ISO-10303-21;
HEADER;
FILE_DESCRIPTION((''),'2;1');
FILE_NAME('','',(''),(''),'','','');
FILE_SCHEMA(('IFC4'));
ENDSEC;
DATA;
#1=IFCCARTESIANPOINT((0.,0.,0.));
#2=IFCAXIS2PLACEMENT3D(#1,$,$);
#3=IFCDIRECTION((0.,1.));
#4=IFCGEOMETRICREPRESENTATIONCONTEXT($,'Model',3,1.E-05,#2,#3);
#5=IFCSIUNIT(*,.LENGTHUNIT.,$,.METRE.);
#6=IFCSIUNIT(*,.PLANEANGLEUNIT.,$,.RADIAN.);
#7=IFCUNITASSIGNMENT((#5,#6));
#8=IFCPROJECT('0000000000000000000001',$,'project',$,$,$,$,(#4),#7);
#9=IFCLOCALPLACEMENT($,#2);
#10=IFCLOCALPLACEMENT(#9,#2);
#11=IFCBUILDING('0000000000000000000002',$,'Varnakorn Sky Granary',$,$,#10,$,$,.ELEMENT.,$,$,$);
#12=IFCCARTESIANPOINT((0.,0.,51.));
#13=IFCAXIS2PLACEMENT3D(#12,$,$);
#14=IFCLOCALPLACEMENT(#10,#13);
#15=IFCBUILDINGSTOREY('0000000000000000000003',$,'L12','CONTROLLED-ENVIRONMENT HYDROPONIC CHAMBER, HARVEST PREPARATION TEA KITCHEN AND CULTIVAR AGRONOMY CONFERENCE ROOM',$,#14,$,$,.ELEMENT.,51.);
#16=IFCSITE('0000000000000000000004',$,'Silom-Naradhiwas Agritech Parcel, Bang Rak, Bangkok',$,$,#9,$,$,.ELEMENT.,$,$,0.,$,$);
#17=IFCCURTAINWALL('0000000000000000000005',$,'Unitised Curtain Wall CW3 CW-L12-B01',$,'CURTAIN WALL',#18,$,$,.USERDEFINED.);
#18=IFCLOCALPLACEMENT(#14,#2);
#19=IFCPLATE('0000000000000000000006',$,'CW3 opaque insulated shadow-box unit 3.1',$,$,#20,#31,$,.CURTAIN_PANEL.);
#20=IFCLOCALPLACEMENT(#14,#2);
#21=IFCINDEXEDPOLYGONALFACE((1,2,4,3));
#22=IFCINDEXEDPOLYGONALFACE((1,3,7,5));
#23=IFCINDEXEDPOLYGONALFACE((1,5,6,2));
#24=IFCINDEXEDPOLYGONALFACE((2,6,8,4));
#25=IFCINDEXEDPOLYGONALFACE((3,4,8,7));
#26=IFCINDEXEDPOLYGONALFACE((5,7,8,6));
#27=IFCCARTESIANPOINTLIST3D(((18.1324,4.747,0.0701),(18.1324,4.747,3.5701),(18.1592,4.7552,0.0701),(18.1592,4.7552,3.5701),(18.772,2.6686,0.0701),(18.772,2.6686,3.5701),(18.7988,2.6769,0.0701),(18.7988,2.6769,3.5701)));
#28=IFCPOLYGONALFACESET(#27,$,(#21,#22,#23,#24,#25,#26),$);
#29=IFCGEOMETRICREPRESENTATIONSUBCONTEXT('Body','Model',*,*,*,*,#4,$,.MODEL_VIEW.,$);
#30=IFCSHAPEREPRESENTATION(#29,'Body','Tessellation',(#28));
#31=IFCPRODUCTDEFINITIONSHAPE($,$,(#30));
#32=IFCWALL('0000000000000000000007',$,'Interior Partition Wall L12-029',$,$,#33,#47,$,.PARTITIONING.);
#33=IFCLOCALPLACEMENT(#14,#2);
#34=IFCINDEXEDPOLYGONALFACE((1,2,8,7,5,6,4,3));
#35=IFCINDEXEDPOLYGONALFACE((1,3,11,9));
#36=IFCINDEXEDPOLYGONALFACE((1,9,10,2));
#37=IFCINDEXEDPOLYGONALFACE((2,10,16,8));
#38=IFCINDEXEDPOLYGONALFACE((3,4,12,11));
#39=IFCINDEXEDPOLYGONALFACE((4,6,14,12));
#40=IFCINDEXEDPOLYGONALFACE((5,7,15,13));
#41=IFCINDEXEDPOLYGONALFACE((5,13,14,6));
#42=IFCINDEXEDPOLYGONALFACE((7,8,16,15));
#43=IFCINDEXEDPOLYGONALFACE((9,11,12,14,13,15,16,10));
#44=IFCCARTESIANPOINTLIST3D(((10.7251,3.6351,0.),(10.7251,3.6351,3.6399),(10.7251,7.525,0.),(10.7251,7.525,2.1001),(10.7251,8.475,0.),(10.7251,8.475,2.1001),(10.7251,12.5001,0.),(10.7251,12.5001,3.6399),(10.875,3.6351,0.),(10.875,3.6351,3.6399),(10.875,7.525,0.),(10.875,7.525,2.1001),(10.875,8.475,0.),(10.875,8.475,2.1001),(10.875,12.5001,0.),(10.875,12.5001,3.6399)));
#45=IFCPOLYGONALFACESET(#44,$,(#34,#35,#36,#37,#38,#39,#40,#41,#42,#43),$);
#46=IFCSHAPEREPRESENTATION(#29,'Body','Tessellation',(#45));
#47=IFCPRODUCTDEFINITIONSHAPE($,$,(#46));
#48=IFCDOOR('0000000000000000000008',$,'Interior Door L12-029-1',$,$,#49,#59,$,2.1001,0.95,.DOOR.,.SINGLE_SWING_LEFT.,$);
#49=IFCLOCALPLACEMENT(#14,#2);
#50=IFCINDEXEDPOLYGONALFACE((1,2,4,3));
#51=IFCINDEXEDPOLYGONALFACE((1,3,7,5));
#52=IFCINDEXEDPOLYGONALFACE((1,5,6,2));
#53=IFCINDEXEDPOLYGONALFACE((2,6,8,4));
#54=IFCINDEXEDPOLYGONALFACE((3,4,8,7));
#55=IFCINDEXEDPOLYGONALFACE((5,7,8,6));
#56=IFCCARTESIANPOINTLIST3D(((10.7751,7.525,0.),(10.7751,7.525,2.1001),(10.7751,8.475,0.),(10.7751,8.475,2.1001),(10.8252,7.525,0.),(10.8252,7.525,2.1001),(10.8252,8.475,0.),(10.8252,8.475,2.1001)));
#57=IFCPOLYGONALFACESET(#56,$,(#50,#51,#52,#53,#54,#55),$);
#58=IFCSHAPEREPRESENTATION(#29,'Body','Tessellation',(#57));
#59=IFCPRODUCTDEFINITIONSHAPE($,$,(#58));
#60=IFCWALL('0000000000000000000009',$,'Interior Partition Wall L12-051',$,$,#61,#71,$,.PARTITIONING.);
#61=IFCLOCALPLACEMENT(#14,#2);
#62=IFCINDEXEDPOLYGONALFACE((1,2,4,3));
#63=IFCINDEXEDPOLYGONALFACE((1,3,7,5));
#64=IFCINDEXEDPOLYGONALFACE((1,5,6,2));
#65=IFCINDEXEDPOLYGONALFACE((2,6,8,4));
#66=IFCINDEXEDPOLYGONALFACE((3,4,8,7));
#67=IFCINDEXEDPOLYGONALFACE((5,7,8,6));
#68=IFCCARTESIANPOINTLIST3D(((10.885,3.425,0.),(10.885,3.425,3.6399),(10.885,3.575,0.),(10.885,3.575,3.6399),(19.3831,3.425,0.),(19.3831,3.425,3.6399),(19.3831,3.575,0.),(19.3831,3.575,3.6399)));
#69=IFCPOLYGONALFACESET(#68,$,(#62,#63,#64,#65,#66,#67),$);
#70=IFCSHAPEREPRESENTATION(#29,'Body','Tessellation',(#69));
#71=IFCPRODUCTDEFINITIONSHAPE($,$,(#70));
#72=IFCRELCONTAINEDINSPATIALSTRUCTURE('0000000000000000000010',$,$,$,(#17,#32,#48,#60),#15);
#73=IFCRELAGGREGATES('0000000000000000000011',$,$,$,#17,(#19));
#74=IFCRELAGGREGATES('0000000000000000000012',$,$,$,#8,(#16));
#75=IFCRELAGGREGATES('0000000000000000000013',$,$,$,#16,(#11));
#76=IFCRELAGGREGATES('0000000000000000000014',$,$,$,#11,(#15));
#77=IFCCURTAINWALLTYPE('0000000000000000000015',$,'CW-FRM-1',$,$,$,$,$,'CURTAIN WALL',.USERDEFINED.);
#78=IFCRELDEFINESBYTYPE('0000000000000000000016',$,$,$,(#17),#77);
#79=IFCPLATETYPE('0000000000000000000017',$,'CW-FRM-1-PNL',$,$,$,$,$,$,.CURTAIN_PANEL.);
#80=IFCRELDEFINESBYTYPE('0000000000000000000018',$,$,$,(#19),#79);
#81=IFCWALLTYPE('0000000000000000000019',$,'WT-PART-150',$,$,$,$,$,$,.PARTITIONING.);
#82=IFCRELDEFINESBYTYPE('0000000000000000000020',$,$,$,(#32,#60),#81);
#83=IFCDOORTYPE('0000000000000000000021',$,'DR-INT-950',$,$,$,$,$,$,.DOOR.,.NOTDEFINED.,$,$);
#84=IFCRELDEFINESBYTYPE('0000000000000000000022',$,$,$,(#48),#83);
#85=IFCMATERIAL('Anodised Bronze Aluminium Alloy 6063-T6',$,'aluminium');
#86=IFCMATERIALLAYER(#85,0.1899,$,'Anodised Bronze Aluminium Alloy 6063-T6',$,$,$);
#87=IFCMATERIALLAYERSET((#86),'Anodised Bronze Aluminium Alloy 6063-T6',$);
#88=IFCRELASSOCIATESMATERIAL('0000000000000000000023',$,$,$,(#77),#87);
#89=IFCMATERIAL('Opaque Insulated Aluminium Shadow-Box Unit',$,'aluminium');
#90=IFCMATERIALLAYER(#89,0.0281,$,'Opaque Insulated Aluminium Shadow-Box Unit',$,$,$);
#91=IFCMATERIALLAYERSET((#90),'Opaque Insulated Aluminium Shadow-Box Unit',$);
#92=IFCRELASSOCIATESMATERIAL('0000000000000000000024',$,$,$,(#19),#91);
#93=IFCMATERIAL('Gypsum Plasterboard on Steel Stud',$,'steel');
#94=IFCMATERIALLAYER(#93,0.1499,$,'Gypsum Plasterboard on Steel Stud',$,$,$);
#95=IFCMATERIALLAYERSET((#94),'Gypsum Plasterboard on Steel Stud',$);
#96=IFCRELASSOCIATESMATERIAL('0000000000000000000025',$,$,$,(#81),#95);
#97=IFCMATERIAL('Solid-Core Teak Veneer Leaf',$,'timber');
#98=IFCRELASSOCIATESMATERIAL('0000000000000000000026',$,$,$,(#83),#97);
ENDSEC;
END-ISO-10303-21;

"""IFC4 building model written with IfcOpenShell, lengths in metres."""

from ifc_helpers import new_model, si_unit, direction, frame, frame_2d, origin, origin_2d, place, context, subcontext, project, spatial, rectangle, extrude, source, transform, mapped, material, layer, layer_set, type_object, element, fill, aggregate, save


model = new_model("IFC4")

# Units and contexts
model_context = context("Model", 3, precision=1e-05, world=origin(), true_north=direction((0.0, 1.0)))
body_context = subcontext(model_context, "Body", "Model", "MODEL_VIEW")
ifc_project = project(units=[si_unit("LENGTHUNIT", "METRE"), si_unit("PLANEANGLEUNIT", "RADIAN")], contexts=[model_context])

# Site, building, storey
site_placement = place(None, origin())
site = spatial("IfcSite", under=ifc_project, at=site_placement, Name="Silom-Naradhiwas Agritech Parcel, Bang Rak, Bangkok", CompositionType="ELEMENT", RefElevation=0.0)
building_placement = place(site_placement, origin())
building = spatial("IfcBuilding", under=site, at=building_placement, Name="Varnakorn Sky Granary", CompositionType="ELEMENT")
storey_placement = place(building_placement, frame((0.0, 0.0, 51.0)))
storey = spatial("IfcBuildingStorey", under=building, at=storey_placement, Name="L12", Description="CONTROLLED-ENVIRONMENT HYDROPONIC CHAMBER, HARVEST PREPARATION TEA KITCHEN AND CULTIVAR AGRONOMY CONFERENCE ROOM", CompositionType="ELEMENT", Elevation=51.0)

# Curtain wall
ifc_material_1 = material(Name="Anodised Bronze Aluminium Alloy 6063-T6", Category="aluminium")
ifc_layer_1 = layer(ifc_material_1, 0.1899, Name="Anodised Bronze Aluminium Alloy 6063-T6")
ifc_layer_set_1 = layer_set([ifc_layer_1], Name="Anodised Bronze Aluminium Alloy 6063-T6")
curtain_wall_type = type_object("IfcCurtainWallType", Name="CW-FRM-1", ElementType="CURTAIN WALL", PredefinedType="USERDEFINED", material=ifc_layer_set_1)
curtain_wall_1_placement = place(storey_placement, origin())
curtain_wall_1 = element("IfcCurtainWall", 1, at=curtain_wall_1_placement, inside=storey, type_object=curtain_wall_type, Name="Unitised Curtain Wall CW3 CW-L12-B01", ObjectType="CURTAIN WALL", PredefinedType="USERDEFINED")

# Plate
plate_type = type_object("IfcPlateType", Name="CW-FRM-1-PNL", PredefinedType="CURTAIN_PANEL")
ifc_material_2 = material(Name="Opaque Insulated Aluminium Shadow-Box Unit", Category="aluminium")
ifc_layer_2 = layer(ifc_material_2, 0.0281, Name="Opaque Insulated Aluminium Shadow-Box Unit")
ifc_layer_set_2 = layer_set([ifc_layer_2], Name="Opaque Insulated Aluminium Shadow-Box Unit")
shared_shape_1 = source(origin(), body_context, "Body", "SweptSolid", [
    extrude(rectangle(XDim=2.1746, YDim=0.0281, at=origin_2d()), origin(), (0.0, 0.0, 1.0), 3.5),
])
plate_1_placement = place(storey_placement, frame((18.4656, 3.7119, 0.0701), z_axis=(0.0, 0.0, 1.0), x_axis=(0.294122, -0.955768, 0.0)))
plate_1 = element("IfcPlate", 2, at=plate_1_placement, type_object=plate_type, material=ifc_layer_set_2, Name="CW3 opaque insulated shadow-box unit 3.1", PredefinedType="CURTAIN_PANEL", context=body_context, shape_type="MappedRepresentation", body=[
    mapped(shared_shape_1, transform((0.0, 0.0, 0.0), x_axis=(1.0, 0.0, 0.0), y_axis=(0.0, 1.0, 0.0), z_axis=(0.0, 0.0, 1.0), scale=1.0)),
])
aggregate(curtain_wall_1, [plate_1])

# Wall, opening, door
ifc_material_3 = material(Name="Gypsum Plasterboard on Steel Stud", Category="steel")
ifc_layer_3 = layer(ifc_material_3, 0.1499, Name="Gypsum Plasterboard on Steel Stud")
ifc_layer_set_3 = layer_set([ifc_layer_3], Name="Gypsum Plasterboard on Steel Stud")
wall_type = type_object("IfcWallType", Name="WT-PART-150", PredefinedType="PARTITIONING", material=ifc_layer_set_3)
wall_1_placement = place(storey_placement, frame((10.8, 3.635, 0.0), z_axis=(0.0, 0.0, 1.0), x_axis=(0.0, 1.0, 0.0)))
wall_1 = element("IfcWall", 3, at=wall_1_placement, inside=storey, type_object=wall_type, Name="Interior Partition Wall L12-029", PredefinedType="PARTITIONING", context=body_context, shape_type="SweptSolid", body=[
    extrude(rectangle(XDim=8.865, YDim=0.1499, at=frame_2d((4.4326, 0.0))), origin(), (0.0, 0.0, 1.0), 3.6399),
])
opening_placement = place(wall_1_placement, frame((3.8899, 0.0, 0.0)))
opening = element("IfcOpeningElement", 4, at=opening_placement, cuts=wall_1, PredefinedType="OPENING", context=body_context, shape_type="SweptSolid", body=[
    extrude(rectangle(XDim=0.95, YDim=2.1001, at=frame_2d((0.4751, 1.05))), frame((0.0, 0.085, 0.0), z_axis=(0.0, -1.0, 0.0), x_axis=(1.0, 0.0, 0.0)), (0.0, 0.0, 1.0), 0.1699),
])
ifc_material_4 = material(Name="Solid-Core Teak Veneer Leaf", Category="timber")
door_type = type_object("IfcDoorType", Name="DR-INT-950", OperationType="NOTDEFINED", PredefinedType="DOOR", material=ifc_material_4)
door_placement = place(opening_placement, origin())
door = element("IfcDoor", 5, at=door_placement, inside=storey, type_object=door_type, Name="Interior Door L12-029-1", OperationType="SINGLE_SWING_LEFT", OverallHeight=2.1001, OverallWidth=0.95, PredefinedType="DOOR", context=body_context, shape_type="SweptSolid", body=[
    extrude(rectangle(XDim=0.95, YDim=2.1001, at=frame_2d((0.4751, 1.05))), frame((0.0, 0.0249, 0.0), z_axis=(0.0, -1.0, 0.0), x_axis=(1.0, 0.0, 0.0)), (0.0, 0.0, 1.0), 0.05),
])
fill(opening, door)

# Wall
wall_2_placement = place(storey_placement, frame((10.885, 3.5, 0.0), z_axis=(0.0, 0.0, 1.0), x_axis=(1.0, 0.0, 0.0)))
element("IfcWall", 6, at=wall_2_placement, inside=storey, type_object=wall_type, Name="Interior Partition Wall L12-051", PredefinedType="PARTITIONING", context=body_context, shape_type="SweptSolid", body=[
    extrude(rectangle(XDim=8.498, YDim=0.1499, at=frame_2d((4.249, 0.0))), origin(), (0.0, 0.0, 1.0), 3.6399),
])

save(model, "model.ifc")
